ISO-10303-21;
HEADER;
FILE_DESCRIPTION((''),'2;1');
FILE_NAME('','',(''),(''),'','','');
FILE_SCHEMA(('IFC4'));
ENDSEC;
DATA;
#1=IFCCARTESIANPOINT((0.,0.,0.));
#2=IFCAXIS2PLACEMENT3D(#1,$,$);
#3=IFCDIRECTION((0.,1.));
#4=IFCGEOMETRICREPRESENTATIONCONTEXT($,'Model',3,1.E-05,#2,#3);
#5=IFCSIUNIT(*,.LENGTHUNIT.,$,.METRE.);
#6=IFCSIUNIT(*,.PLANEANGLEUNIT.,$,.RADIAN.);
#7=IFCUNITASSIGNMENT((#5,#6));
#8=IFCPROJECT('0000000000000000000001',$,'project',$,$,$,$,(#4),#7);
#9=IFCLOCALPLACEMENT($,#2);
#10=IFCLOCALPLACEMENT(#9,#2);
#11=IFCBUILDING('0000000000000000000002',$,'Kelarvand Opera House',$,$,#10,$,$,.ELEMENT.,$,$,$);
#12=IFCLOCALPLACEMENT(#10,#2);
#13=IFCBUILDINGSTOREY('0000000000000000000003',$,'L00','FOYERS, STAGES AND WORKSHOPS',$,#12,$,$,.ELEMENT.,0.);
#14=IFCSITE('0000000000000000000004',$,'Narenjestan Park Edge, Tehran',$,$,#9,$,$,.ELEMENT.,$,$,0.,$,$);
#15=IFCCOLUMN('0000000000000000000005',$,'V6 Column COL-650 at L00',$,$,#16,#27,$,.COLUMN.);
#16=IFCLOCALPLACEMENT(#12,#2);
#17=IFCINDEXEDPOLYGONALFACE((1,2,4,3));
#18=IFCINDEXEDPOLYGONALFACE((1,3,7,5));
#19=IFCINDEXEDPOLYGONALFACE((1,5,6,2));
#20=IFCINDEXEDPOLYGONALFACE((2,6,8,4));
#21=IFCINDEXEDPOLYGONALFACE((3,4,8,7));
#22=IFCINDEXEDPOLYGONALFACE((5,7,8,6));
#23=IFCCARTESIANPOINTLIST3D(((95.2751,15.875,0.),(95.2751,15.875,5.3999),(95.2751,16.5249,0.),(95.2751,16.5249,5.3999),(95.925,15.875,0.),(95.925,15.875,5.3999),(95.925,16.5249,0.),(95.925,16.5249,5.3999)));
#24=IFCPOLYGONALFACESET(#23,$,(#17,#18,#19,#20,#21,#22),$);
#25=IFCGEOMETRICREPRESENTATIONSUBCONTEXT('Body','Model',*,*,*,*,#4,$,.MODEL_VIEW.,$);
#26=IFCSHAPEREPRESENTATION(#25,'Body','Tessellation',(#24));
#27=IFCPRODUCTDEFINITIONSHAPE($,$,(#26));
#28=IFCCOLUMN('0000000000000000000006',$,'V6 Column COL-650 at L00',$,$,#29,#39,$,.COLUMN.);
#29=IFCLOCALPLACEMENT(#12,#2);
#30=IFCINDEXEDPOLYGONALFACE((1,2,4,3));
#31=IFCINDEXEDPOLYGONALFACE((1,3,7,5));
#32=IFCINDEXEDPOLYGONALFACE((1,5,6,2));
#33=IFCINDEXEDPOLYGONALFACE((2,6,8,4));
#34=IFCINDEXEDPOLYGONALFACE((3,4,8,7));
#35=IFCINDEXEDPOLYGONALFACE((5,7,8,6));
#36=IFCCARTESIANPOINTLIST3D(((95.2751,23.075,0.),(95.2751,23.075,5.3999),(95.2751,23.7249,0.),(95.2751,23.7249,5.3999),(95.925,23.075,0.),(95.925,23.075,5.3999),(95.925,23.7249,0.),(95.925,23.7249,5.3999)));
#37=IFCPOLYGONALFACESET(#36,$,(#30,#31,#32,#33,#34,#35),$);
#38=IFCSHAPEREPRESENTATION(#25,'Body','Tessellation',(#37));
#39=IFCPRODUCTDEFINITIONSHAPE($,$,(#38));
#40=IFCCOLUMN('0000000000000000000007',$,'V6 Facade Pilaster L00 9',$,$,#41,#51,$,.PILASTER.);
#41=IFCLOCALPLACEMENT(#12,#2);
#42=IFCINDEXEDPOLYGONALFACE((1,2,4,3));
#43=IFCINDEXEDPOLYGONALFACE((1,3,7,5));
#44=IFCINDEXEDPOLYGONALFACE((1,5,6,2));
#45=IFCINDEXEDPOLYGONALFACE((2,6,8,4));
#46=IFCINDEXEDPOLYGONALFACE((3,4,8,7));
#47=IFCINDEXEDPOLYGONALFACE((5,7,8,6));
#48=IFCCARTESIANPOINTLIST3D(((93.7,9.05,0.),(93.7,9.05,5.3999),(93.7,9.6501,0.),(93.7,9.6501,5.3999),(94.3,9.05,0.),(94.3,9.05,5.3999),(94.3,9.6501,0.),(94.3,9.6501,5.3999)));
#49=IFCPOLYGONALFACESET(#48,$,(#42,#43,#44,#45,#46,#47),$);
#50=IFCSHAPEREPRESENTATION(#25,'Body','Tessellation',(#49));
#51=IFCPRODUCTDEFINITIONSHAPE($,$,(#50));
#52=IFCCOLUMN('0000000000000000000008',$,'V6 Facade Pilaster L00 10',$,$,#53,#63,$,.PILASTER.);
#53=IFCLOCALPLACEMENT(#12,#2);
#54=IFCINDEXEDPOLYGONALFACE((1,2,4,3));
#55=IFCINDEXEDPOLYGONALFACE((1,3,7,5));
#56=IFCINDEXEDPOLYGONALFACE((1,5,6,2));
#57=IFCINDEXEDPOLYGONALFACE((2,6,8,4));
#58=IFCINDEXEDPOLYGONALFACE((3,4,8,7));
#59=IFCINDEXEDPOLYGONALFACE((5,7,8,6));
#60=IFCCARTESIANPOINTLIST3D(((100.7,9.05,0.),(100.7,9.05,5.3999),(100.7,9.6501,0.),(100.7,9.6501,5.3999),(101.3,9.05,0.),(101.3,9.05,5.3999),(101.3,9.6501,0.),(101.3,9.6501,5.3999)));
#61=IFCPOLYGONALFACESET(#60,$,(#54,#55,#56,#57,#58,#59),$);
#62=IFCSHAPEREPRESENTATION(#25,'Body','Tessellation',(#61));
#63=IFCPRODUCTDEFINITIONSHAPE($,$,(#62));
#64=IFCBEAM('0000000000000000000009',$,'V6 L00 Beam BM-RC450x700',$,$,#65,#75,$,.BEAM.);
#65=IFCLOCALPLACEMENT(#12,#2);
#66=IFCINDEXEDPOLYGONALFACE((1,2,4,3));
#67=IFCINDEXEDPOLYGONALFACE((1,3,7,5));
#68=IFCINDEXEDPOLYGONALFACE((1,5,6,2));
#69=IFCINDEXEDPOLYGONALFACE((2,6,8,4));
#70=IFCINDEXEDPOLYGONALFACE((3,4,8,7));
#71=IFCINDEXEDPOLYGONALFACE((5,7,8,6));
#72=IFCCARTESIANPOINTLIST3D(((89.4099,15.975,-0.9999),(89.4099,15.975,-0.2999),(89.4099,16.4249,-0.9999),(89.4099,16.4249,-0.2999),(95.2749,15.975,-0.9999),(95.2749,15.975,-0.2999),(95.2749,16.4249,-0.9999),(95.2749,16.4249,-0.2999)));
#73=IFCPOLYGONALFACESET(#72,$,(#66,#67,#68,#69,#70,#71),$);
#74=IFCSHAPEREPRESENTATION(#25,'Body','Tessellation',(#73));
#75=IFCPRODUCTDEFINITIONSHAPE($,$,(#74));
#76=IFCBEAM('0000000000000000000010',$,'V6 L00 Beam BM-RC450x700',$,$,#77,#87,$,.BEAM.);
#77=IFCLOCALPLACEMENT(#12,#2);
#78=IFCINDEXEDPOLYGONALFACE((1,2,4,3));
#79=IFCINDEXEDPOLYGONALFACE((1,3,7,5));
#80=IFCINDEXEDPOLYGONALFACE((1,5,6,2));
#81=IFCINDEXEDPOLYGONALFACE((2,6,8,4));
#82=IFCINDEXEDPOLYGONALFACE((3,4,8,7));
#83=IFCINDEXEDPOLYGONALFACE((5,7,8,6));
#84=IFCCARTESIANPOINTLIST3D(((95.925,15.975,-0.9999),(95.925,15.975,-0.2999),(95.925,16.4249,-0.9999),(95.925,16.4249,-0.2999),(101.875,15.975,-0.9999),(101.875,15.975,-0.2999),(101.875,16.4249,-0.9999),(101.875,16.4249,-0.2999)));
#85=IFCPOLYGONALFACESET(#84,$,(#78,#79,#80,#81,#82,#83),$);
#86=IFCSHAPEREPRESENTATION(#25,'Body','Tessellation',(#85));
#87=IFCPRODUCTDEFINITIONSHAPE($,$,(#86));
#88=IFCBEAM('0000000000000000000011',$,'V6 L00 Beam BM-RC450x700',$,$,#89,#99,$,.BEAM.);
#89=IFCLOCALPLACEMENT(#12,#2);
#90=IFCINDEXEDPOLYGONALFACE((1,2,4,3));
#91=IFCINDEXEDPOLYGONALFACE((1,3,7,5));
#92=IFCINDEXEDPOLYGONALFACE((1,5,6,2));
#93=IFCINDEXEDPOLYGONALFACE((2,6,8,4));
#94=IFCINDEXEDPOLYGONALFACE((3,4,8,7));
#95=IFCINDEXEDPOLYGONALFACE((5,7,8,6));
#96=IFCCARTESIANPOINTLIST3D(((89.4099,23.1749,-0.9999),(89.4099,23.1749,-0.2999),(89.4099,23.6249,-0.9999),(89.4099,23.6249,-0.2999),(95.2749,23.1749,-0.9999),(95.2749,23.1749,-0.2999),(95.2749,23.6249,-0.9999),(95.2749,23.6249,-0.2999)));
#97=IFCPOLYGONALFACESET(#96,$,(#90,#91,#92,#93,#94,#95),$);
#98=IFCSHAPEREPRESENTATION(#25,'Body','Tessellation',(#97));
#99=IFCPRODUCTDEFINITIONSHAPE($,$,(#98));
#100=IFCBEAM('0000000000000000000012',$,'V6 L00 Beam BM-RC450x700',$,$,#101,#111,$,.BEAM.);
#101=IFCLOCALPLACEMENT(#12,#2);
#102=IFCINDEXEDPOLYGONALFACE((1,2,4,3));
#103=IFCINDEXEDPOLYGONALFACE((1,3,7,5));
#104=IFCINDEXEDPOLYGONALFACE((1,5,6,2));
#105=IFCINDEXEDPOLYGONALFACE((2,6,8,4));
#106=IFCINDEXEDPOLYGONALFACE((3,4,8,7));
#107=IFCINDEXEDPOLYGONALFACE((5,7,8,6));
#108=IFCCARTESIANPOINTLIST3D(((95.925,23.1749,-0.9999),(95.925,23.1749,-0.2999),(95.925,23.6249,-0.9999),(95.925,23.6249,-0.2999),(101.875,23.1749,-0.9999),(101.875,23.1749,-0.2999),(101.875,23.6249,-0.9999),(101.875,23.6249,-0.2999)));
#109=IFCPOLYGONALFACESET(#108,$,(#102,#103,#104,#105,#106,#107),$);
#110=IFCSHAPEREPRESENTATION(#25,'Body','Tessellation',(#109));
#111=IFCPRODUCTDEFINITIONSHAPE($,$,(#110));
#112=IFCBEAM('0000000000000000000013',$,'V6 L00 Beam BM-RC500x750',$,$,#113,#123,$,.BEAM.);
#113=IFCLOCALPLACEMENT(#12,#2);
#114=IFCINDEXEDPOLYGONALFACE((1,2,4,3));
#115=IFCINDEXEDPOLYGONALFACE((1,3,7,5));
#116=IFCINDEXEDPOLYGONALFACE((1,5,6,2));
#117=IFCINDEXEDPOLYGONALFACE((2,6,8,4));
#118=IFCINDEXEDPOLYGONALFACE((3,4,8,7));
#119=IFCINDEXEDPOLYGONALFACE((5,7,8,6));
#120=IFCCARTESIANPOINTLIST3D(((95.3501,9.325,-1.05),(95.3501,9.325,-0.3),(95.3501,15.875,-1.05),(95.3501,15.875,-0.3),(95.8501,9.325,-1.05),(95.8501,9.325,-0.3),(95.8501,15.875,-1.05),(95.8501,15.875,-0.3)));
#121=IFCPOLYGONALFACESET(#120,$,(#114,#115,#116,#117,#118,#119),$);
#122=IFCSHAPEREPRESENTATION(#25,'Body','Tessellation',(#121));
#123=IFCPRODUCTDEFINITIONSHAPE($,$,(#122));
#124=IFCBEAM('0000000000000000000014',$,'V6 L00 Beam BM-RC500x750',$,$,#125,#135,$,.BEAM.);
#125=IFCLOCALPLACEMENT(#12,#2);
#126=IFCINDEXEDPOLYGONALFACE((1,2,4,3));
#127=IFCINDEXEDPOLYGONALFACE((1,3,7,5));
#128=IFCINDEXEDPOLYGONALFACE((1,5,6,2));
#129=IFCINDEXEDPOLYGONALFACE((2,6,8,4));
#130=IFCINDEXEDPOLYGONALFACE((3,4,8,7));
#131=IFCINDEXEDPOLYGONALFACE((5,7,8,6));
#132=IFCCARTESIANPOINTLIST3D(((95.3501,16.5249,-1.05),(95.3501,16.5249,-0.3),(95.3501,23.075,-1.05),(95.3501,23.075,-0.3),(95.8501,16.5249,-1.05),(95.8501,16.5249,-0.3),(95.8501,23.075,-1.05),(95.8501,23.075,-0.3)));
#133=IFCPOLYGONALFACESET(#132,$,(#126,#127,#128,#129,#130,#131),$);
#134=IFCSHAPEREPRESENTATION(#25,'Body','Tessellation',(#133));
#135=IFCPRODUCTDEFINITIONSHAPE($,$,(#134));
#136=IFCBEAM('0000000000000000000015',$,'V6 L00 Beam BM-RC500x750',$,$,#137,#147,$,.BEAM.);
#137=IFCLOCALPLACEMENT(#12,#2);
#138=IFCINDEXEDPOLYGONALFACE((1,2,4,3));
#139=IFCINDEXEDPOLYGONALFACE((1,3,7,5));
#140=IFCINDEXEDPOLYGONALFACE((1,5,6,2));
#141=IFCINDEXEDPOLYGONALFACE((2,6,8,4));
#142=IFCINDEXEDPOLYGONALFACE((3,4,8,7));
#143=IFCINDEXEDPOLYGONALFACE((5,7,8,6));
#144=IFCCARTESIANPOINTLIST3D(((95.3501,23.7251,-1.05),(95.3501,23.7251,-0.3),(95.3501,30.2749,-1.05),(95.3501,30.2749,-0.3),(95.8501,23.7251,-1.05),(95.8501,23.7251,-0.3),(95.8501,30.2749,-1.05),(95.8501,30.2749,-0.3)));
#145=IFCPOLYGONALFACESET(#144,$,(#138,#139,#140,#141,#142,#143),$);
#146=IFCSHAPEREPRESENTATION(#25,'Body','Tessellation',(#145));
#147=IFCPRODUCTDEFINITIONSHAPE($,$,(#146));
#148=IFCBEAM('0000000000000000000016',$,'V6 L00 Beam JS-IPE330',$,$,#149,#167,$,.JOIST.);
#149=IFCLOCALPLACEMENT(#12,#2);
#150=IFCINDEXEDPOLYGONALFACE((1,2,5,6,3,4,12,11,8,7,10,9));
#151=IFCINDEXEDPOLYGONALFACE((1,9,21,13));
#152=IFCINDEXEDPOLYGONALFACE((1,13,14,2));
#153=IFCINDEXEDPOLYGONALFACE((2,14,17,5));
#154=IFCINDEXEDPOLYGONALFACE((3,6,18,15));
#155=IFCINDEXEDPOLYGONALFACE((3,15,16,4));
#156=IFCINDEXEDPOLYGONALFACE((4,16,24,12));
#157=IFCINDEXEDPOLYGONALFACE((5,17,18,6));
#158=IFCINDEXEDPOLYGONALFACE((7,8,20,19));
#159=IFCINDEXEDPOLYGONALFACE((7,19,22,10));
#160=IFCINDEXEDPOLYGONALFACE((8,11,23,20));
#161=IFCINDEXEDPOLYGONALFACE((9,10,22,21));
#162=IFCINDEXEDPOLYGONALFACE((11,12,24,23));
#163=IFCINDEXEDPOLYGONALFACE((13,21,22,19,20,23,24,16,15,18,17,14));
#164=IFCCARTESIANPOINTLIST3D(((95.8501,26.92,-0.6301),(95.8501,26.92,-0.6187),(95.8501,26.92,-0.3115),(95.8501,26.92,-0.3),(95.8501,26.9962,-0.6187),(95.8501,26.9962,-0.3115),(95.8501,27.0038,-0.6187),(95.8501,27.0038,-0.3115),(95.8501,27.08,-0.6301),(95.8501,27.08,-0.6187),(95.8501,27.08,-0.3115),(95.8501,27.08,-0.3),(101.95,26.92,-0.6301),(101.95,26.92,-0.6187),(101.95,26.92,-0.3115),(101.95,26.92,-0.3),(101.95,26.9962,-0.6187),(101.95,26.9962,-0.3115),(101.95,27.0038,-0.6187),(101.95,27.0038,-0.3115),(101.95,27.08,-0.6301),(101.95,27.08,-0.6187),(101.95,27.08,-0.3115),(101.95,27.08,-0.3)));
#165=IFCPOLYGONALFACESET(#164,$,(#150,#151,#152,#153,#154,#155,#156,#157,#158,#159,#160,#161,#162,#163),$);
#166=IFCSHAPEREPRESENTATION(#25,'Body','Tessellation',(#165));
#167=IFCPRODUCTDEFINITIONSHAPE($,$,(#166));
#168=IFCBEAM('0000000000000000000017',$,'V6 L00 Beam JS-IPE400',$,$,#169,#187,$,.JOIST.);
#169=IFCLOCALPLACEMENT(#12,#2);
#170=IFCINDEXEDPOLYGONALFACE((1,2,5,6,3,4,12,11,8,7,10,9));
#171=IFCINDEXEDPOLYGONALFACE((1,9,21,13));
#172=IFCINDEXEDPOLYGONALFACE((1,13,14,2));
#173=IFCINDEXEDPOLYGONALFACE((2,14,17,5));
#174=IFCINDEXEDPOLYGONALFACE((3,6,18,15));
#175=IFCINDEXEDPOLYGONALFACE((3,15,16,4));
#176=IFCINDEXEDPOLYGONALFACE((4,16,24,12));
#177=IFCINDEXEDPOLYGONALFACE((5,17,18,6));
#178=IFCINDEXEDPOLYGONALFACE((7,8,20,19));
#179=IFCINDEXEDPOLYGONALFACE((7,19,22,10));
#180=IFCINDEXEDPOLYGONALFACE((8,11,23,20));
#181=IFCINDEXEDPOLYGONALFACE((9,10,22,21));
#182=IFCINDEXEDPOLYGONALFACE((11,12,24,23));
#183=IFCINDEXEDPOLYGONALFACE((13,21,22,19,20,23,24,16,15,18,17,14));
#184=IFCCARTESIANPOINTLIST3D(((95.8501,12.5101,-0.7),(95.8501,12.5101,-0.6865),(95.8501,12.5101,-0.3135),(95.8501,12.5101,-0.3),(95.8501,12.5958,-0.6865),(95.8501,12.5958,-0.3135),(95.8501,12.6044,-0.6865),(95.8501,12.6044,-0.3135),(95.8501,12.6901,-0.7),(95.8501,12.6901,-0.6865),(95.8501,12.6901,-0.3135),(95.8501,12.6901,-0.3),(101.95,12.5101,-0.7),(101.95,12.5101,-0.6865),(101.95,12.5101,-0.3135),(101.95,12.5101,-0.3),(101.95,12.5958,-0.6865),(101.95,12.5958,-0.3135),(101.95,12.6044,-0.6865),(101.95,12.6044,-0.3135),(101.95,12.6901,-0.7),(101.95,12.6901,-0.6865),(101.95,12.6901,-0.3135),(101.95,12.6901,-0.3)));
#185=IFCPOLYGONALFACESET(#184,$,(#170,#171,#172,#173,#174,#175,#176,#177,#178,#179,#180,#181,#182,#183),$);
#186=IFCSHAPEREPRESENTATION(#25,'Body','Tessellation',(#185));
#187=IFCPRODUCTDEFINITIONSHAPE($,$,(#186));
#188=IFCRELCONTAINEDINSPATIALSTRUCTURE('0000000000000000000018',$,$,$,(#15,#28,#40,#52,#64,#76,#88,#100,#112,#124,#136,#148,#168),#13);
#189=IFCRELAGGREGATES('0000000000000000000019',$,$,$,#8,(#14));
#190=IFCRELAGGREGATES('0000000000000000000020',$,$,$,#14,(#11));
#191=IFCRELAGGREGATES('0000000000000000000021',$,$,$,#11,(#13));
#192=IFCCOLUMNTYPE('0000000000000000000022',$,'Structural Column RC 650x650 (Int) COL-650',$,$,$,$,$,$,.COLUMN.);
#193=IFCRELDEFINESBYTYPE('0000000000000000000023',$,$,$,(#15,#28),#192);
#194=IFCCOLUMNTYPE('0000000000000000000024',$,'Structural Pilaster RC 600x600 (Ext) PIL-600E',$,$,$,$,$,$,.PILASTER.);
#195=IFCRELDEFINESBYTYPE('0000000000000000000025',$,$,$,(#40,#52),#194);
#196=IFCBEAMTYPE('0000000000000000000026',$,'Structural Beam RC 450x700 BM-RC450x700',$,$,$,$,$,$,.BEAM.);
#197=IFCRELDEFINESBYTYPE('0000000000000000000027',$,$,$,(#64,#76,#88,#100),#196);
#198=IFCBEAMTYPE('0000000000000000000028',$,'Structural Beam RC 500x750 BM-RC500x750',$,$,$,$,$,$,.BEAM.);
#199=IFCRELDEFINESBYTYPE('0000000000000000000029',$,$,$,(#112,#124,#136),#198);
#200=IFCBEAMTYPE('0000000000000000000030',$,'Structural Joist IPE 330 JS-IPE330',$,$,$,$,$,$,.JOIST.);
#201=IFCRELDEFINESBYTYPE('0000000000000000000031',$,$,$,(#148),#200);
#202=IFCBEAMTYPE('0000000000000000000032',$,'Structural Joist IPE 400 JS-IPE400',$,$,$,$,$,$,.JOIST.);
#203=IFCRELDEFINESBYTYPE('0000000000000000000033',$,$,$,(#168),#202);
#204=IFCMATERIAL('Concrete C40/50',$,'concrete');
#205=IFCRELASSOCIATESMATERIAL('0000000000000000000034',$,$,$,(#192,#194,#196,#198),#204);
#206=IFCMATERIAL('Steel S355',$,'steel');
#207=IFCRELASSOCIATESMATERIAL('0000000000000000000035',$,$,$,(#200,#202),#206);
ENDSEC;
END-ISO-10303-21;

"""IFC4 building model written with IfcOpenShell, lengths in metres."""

from ifc_helpers import new_model, si_unit, direction, frame, origin, origin_2d, place, context, subcontext, project, spatial, rectangle, i_section, extrude, material, material_profile, profile_set, type_object, element, save


model = new_model("IFC4")

# Units and contexts
model_context = context("Model", 3, precision=1e-05, world=origin(), true_north=direction((0.0, 1.0)))
body_context = subcontext(model_context, "Body", "Model", "MODEL_VIEW")
ifc_project = project(units=[si_unit("LENGTHUNIT", "METRE"), si_unit("PLANEANGLEUNIT", "RADIAN")], contexts=[model_context])

# Site, building, storey
site_placement = place(None, origin())
site = spatial("IfcSite", under=ifc_project, at=site_placement, Name="Narenjestan Park Edge, Tehran", CompositionType="ELEMENT", RefElevation=0.0)
building_placement = place(site_placement, origin())
building = spatial("IfcBuilding", under=site, at=building_placement, Name="Kelarvand Opera House", CompositionType="ELEMENT")
storey_placement = place(building_placement, origin())
storey = spatial("IfcBuildingStorey", under=building, at=storey_placement, Name="L00", Description="FOYERS, STAGES AND WORKSHOPS", CompositionType="ELEMENT", Elevation=0.0)

# Columns
ifc_material_1 = material(Name="Concrete C40/50", Category="concrete")
ifc_material_profile_1 = material_profile(ifc_material_1, rectangle(XDim=0.6499, YDim=0.6499, at=origin_2d()), Name="RC 650x650", Category="concrete")
ifc_profile_set_1 = profile_set([ifc_material_profile_1], Name="Concrete C40/50")
column_type_1 = type_object("IfcColumnType", Name="Structural Column RC 650x650 (Int) COL-650", PredefinedType="COLUMN", material=ifc_profile_set_1)
for number, where, z_axis, x_axis, name in (
    (1, (95.6001, 16.2, 0.0), (0.0, 0.0, 1.0), (1.0, 0.0, 0.0), "V6 Column COL-650 at L00"),
    (2, (95.6001, 23.3999, 0.0), (0.0, 0.0, 1.0), (1.0, 0.0, 0.0), "V6 Column COL-650 at L00"),
):
    element("IfcColumn", number, at=place(storey_placement, frame(where, z_axis=z_axis, x_axis=x_axis)), inside=storey, type_object=column_type_1, Name=name, PredefinedType="COLUMN", context=body_context, shape_type="SweptSolid", body=[
        extrude(rectangle(XDim=0.6499, YDim=0.6499, at=origin_2d()), origin(), (0.0, 0.0, 1.0), 5.3999),
    ])
ifc_material_profile_2 = material_profile(ifc_material_1, rectangle(XDim=0.6001, YDim=0.6001, at=origin_2d()), Name="RC 600x600", Category="concrete")
ifc_profile_set_2 = profile_set([ifc_material_profile_2], Name="Concrete C40/50")
column_type_2 = type_object("IfcColumnType", Name="Structural Pilaster RC 600x600 (Ext) PIL-600E", PredefinedType="PILASTER", material=ifc_profile_set_2)
for number, where, z_axis, x_axis, name in (
    (3, (94.0, 9.3501, 0.0), (0.0, 0.0, 1.0), (1.0, 0.0, 0.0), "V6 Facade Pilaster L00 9"),
    (4, (101.0, 9.3501, 0.0), (0.0, 0.0, 1.0), (1.0, 0.0, 0.0), "V6 Facade Pilaster L00 10"),
):
    element("IfcColumn", number, at=place(storey_placement, frame(where, z_axis=z_axis, x_axis=x_axis)), inside=storey, type_object=column_type_2, Name=name, PredefinedType="PILASTER", context=body_context, shape_type="SweptSolid", body=[
        extrude(rectangle(XDim=0.6001, YDim=0.6001, at=origin_2d()), origin(), (0.0, 0.0, 1.0), 5.3999),
    ])

# Beams
ifc_material_profile_3 = material_profile(ifc_material_1, rectangle(XDim=0.45, YDim=0.7, at=origin_2d()), Name="RC 450x700", Category="concrete")
ifc_profile_set_3 = profile_set([ifc_material_profile_3], Name="Concrete C40/50")
beam_type_1 = type_object("IfcBeamType", Name="Structural Beam RC 450x700 BM-RC450x700", PredefinedType="BEAM", material=ifc_profile_set_3)
beam_1_placement = place(storey_placement, frame((89.4099, 16.2, -0.6499), z_axis=(1.0, 0.0, 0.0), x_axis=(0.0, 1.0, 0.0)))
element("IfcBeam", 5, at=beam_1_placement, inside=storey, type_object=beam_type_1, Name="V6 L00 Beam BM-RC450x700", PredefinedType="BEAM", context=body_context, shape_type="SweptSolid", body=[
    extrude(rectangle(XDim=0.45, YDim=0.7, at=origin_2d()), origin(), (0.0, 0.0, 1.0), 5.865),
])
beam_2_placement = place(storey_placement, frame((95.925, 16.2, -0.6499), z_axis=(1.0, 0.0, 0.0), x_axis=(0.0, 1.0, 0.0)))
element("IfcBeam", 6, at=beam_2_placement, inside=storey, type_object=beam_type_1, Name="V6 L00 Beam BM-RC450x700", PredefinedType="BEAM", context=body_context, shape_type="SweptSolid", body=[
    extrude(rectangle(XDim=0.45, YDim=0.7, at=origin_2d()), origin(), (0.0, 0.0, 1.0), 5.95),
])
beam_3_placement = place(storey_placement, frame((89.4099, 23.3999, -0.6499), z_axis=(1.0, 0.0, 0.0), x_axis=(0.0, 1.0, 0.0)))
element("IfcBeam", 7, at=beam_3_placement, inside=storey, type_object=beam_type_1, Name="V6 L00 Beam BM-RC450x700", PredefinedType="BEAM", context=body_context, shape_type="SweptSolid", body=[
    extrude(rectangle(XDim=0.45, YDim=0.7, at=origin_2d()), origin(), (0.0, 0.0, 1.0), 5.865),
])
beam_4_placement = place(storey_placement, frame((95.925, 23.3999, -0.6499), z_axis=(1.0, 0.0, 0.0), x_axis=(0.0, 1.0, 0.0)))
element("IfcBeam", 8, at=beam_4_placement, inside=storey, type_object=beam_type_1, Name="V6 L00 Beam BM-RC450x700", PredefinedType="BEAM", context=body_context, shape_type="SweptSolid", body=[
    extrude(rectangle(XDim=0.45, YDim=0.7, at=origin_2d()), origin(), (0.0, 0.0, 1.0), 5.95),
])
ifc_material_profile_4 = material_profile(ifc_material_1, rectangle(XDim=0.5, YDim=0.75, at=origin_2d()), Name="RC 500x750", Category="concrete")
ifc_profile_set_4 = profile_set([ifc_material_profile_4], Name="Concrete C40/50")
beam_type_2 = type_object("IfcBeamType", Name="Structural Beam RC 500x750 BM-RC500x750", PredefinedType="BEAM", material=ifc_profile_set_4)
for number, where, z_axis, x_axis, name in (
    (9, (95.6001, 9.325, -0.675), (0.0, 1.0, 0.0), (-1.0, 0.0, 0.0), "V6 L00 Beam BM-RC500x750"),
    (10, (95.6001, 16.5249, -0.675), (0.0, 1.0, 0.0), (-1.0, 0.0, 0.0), "V6 L00 Beam BM-RC500x750"),
):
    element("IfcBeam", number, at=place(storey_placement, frame(where, z_axis=z_axis, x_axis=x_axis)), inside=storey, type_object=beam_type_2, Name=name, PredefinedType="BEAM", context=body_context, shape_type="SweptSolid", body=[
        extrude(rectangle(XDim=0.5, YDim=0.75, at=origin_2d()), origin(), (0.0, 0.0, 1.0), 6.55),
    ])
beam_5_placement = place(storey_placement, frame((95.6001, 23.7251, -0.675), z_axis=(0.0, 1.0, 0.0), x_axis=(-1.0, 0.0, 0.0)))
element("IfcBeam", 11, at=beam_5_placement, inside=storey, type_object=beam_type_2, Name="V6 L00 Beam BM-RC500x750", PredefinedType="BEAM", context=body_context, shape_type="SweptSolid", body=[
    extrude(rectangle(XDim=0.5, YDim=0.75, at=origin_2d()), origin(), (0.0, 0.0, 1.0), 6.5498),
])
ifc_material_2 = material(Name="Steel S355", Category="steel")
ifc_material_profile_5 = material_profile(ifc_material_2, i_section(OverallWidth=0.1599, OverallDepth=0.3301, WebThickness=0.0076, FlangeThickness=0.0115, at=origin_2d()), Name="IPE 330", Category="steel")
ifc_profile_set_5 = profile_set([ifc_material_profile_5], Name="Steel S355")
beam_type_3 = type_object("IfcBeamType", Name="Structural Joist IPE 330 JS-IPE330", PredefinedType="JOIST", material=ifc_profile_set_5)
beam_6_placement = place(storey_placement, frame((95.8501, 27.0, -0.4651), z_axis=(1.0, 0.0, 0.0), x_axis=(0.0, 1.0, 0.0)))
element("IfcBeam", 12, at=beam_6_placement, inside=storey, type_object=beam_type_3, Name="V6 L00 Beam JS-IPE330", PredefinedType="JOIST", context=body_context, shape_type="SweptSolid", body=[
    extrude(i_section(OverallWidth=0.1599, OverallDepth=0.3301, WebThickness=0.0076, FlangeThickness=0.0115, at=origin_2d()), origin(), (0.0, 0.0, 1.0), 6.0999),
])
ifc_material_profile_6 = material_profile(ifc_material_2, i_section(OverallWidth=0.1799, OverallDepth=0.3999, WebThickness=0.0085, FlangeThickness=0.0134, at=origin_2d()), Name="IPE 400", Category="steel")
ifc_profile_set_6 = profile_set([ifc_material_profile_6], Name="Steel S355")
beam_type_4 = type_object("IfcBeamType", Name="Structural Joist IPE 400 JS-IPE400", PredefinedType="JOIST", material=ifc_profile_set_6)
beam_7_placement = place(storey_placement, frame((95.8501, 12.6001, -0.5), z_axis=(1.0, 0.0, 0.0), x_axis=(0.0, 1.0, 0.0)))
element("IfcBeam", 13, at=beam_7_placement, inside=storey, type_object=beam_type_4, Name="V6 L00 Beam JS-IPE400", PredefinedType="JOIST", context=body_context, shape_type="SweptSolid", body=[
    extrude(i_section(OverallWidth=0.1799, OverallDepth=0.3999, WebThickness=0.0085, FlangeThickness=0.0134, at=origin_2d()), origin(), (0.0, 0.0, 1.0), 6.0999),
])

save(model, "model.ifc")
